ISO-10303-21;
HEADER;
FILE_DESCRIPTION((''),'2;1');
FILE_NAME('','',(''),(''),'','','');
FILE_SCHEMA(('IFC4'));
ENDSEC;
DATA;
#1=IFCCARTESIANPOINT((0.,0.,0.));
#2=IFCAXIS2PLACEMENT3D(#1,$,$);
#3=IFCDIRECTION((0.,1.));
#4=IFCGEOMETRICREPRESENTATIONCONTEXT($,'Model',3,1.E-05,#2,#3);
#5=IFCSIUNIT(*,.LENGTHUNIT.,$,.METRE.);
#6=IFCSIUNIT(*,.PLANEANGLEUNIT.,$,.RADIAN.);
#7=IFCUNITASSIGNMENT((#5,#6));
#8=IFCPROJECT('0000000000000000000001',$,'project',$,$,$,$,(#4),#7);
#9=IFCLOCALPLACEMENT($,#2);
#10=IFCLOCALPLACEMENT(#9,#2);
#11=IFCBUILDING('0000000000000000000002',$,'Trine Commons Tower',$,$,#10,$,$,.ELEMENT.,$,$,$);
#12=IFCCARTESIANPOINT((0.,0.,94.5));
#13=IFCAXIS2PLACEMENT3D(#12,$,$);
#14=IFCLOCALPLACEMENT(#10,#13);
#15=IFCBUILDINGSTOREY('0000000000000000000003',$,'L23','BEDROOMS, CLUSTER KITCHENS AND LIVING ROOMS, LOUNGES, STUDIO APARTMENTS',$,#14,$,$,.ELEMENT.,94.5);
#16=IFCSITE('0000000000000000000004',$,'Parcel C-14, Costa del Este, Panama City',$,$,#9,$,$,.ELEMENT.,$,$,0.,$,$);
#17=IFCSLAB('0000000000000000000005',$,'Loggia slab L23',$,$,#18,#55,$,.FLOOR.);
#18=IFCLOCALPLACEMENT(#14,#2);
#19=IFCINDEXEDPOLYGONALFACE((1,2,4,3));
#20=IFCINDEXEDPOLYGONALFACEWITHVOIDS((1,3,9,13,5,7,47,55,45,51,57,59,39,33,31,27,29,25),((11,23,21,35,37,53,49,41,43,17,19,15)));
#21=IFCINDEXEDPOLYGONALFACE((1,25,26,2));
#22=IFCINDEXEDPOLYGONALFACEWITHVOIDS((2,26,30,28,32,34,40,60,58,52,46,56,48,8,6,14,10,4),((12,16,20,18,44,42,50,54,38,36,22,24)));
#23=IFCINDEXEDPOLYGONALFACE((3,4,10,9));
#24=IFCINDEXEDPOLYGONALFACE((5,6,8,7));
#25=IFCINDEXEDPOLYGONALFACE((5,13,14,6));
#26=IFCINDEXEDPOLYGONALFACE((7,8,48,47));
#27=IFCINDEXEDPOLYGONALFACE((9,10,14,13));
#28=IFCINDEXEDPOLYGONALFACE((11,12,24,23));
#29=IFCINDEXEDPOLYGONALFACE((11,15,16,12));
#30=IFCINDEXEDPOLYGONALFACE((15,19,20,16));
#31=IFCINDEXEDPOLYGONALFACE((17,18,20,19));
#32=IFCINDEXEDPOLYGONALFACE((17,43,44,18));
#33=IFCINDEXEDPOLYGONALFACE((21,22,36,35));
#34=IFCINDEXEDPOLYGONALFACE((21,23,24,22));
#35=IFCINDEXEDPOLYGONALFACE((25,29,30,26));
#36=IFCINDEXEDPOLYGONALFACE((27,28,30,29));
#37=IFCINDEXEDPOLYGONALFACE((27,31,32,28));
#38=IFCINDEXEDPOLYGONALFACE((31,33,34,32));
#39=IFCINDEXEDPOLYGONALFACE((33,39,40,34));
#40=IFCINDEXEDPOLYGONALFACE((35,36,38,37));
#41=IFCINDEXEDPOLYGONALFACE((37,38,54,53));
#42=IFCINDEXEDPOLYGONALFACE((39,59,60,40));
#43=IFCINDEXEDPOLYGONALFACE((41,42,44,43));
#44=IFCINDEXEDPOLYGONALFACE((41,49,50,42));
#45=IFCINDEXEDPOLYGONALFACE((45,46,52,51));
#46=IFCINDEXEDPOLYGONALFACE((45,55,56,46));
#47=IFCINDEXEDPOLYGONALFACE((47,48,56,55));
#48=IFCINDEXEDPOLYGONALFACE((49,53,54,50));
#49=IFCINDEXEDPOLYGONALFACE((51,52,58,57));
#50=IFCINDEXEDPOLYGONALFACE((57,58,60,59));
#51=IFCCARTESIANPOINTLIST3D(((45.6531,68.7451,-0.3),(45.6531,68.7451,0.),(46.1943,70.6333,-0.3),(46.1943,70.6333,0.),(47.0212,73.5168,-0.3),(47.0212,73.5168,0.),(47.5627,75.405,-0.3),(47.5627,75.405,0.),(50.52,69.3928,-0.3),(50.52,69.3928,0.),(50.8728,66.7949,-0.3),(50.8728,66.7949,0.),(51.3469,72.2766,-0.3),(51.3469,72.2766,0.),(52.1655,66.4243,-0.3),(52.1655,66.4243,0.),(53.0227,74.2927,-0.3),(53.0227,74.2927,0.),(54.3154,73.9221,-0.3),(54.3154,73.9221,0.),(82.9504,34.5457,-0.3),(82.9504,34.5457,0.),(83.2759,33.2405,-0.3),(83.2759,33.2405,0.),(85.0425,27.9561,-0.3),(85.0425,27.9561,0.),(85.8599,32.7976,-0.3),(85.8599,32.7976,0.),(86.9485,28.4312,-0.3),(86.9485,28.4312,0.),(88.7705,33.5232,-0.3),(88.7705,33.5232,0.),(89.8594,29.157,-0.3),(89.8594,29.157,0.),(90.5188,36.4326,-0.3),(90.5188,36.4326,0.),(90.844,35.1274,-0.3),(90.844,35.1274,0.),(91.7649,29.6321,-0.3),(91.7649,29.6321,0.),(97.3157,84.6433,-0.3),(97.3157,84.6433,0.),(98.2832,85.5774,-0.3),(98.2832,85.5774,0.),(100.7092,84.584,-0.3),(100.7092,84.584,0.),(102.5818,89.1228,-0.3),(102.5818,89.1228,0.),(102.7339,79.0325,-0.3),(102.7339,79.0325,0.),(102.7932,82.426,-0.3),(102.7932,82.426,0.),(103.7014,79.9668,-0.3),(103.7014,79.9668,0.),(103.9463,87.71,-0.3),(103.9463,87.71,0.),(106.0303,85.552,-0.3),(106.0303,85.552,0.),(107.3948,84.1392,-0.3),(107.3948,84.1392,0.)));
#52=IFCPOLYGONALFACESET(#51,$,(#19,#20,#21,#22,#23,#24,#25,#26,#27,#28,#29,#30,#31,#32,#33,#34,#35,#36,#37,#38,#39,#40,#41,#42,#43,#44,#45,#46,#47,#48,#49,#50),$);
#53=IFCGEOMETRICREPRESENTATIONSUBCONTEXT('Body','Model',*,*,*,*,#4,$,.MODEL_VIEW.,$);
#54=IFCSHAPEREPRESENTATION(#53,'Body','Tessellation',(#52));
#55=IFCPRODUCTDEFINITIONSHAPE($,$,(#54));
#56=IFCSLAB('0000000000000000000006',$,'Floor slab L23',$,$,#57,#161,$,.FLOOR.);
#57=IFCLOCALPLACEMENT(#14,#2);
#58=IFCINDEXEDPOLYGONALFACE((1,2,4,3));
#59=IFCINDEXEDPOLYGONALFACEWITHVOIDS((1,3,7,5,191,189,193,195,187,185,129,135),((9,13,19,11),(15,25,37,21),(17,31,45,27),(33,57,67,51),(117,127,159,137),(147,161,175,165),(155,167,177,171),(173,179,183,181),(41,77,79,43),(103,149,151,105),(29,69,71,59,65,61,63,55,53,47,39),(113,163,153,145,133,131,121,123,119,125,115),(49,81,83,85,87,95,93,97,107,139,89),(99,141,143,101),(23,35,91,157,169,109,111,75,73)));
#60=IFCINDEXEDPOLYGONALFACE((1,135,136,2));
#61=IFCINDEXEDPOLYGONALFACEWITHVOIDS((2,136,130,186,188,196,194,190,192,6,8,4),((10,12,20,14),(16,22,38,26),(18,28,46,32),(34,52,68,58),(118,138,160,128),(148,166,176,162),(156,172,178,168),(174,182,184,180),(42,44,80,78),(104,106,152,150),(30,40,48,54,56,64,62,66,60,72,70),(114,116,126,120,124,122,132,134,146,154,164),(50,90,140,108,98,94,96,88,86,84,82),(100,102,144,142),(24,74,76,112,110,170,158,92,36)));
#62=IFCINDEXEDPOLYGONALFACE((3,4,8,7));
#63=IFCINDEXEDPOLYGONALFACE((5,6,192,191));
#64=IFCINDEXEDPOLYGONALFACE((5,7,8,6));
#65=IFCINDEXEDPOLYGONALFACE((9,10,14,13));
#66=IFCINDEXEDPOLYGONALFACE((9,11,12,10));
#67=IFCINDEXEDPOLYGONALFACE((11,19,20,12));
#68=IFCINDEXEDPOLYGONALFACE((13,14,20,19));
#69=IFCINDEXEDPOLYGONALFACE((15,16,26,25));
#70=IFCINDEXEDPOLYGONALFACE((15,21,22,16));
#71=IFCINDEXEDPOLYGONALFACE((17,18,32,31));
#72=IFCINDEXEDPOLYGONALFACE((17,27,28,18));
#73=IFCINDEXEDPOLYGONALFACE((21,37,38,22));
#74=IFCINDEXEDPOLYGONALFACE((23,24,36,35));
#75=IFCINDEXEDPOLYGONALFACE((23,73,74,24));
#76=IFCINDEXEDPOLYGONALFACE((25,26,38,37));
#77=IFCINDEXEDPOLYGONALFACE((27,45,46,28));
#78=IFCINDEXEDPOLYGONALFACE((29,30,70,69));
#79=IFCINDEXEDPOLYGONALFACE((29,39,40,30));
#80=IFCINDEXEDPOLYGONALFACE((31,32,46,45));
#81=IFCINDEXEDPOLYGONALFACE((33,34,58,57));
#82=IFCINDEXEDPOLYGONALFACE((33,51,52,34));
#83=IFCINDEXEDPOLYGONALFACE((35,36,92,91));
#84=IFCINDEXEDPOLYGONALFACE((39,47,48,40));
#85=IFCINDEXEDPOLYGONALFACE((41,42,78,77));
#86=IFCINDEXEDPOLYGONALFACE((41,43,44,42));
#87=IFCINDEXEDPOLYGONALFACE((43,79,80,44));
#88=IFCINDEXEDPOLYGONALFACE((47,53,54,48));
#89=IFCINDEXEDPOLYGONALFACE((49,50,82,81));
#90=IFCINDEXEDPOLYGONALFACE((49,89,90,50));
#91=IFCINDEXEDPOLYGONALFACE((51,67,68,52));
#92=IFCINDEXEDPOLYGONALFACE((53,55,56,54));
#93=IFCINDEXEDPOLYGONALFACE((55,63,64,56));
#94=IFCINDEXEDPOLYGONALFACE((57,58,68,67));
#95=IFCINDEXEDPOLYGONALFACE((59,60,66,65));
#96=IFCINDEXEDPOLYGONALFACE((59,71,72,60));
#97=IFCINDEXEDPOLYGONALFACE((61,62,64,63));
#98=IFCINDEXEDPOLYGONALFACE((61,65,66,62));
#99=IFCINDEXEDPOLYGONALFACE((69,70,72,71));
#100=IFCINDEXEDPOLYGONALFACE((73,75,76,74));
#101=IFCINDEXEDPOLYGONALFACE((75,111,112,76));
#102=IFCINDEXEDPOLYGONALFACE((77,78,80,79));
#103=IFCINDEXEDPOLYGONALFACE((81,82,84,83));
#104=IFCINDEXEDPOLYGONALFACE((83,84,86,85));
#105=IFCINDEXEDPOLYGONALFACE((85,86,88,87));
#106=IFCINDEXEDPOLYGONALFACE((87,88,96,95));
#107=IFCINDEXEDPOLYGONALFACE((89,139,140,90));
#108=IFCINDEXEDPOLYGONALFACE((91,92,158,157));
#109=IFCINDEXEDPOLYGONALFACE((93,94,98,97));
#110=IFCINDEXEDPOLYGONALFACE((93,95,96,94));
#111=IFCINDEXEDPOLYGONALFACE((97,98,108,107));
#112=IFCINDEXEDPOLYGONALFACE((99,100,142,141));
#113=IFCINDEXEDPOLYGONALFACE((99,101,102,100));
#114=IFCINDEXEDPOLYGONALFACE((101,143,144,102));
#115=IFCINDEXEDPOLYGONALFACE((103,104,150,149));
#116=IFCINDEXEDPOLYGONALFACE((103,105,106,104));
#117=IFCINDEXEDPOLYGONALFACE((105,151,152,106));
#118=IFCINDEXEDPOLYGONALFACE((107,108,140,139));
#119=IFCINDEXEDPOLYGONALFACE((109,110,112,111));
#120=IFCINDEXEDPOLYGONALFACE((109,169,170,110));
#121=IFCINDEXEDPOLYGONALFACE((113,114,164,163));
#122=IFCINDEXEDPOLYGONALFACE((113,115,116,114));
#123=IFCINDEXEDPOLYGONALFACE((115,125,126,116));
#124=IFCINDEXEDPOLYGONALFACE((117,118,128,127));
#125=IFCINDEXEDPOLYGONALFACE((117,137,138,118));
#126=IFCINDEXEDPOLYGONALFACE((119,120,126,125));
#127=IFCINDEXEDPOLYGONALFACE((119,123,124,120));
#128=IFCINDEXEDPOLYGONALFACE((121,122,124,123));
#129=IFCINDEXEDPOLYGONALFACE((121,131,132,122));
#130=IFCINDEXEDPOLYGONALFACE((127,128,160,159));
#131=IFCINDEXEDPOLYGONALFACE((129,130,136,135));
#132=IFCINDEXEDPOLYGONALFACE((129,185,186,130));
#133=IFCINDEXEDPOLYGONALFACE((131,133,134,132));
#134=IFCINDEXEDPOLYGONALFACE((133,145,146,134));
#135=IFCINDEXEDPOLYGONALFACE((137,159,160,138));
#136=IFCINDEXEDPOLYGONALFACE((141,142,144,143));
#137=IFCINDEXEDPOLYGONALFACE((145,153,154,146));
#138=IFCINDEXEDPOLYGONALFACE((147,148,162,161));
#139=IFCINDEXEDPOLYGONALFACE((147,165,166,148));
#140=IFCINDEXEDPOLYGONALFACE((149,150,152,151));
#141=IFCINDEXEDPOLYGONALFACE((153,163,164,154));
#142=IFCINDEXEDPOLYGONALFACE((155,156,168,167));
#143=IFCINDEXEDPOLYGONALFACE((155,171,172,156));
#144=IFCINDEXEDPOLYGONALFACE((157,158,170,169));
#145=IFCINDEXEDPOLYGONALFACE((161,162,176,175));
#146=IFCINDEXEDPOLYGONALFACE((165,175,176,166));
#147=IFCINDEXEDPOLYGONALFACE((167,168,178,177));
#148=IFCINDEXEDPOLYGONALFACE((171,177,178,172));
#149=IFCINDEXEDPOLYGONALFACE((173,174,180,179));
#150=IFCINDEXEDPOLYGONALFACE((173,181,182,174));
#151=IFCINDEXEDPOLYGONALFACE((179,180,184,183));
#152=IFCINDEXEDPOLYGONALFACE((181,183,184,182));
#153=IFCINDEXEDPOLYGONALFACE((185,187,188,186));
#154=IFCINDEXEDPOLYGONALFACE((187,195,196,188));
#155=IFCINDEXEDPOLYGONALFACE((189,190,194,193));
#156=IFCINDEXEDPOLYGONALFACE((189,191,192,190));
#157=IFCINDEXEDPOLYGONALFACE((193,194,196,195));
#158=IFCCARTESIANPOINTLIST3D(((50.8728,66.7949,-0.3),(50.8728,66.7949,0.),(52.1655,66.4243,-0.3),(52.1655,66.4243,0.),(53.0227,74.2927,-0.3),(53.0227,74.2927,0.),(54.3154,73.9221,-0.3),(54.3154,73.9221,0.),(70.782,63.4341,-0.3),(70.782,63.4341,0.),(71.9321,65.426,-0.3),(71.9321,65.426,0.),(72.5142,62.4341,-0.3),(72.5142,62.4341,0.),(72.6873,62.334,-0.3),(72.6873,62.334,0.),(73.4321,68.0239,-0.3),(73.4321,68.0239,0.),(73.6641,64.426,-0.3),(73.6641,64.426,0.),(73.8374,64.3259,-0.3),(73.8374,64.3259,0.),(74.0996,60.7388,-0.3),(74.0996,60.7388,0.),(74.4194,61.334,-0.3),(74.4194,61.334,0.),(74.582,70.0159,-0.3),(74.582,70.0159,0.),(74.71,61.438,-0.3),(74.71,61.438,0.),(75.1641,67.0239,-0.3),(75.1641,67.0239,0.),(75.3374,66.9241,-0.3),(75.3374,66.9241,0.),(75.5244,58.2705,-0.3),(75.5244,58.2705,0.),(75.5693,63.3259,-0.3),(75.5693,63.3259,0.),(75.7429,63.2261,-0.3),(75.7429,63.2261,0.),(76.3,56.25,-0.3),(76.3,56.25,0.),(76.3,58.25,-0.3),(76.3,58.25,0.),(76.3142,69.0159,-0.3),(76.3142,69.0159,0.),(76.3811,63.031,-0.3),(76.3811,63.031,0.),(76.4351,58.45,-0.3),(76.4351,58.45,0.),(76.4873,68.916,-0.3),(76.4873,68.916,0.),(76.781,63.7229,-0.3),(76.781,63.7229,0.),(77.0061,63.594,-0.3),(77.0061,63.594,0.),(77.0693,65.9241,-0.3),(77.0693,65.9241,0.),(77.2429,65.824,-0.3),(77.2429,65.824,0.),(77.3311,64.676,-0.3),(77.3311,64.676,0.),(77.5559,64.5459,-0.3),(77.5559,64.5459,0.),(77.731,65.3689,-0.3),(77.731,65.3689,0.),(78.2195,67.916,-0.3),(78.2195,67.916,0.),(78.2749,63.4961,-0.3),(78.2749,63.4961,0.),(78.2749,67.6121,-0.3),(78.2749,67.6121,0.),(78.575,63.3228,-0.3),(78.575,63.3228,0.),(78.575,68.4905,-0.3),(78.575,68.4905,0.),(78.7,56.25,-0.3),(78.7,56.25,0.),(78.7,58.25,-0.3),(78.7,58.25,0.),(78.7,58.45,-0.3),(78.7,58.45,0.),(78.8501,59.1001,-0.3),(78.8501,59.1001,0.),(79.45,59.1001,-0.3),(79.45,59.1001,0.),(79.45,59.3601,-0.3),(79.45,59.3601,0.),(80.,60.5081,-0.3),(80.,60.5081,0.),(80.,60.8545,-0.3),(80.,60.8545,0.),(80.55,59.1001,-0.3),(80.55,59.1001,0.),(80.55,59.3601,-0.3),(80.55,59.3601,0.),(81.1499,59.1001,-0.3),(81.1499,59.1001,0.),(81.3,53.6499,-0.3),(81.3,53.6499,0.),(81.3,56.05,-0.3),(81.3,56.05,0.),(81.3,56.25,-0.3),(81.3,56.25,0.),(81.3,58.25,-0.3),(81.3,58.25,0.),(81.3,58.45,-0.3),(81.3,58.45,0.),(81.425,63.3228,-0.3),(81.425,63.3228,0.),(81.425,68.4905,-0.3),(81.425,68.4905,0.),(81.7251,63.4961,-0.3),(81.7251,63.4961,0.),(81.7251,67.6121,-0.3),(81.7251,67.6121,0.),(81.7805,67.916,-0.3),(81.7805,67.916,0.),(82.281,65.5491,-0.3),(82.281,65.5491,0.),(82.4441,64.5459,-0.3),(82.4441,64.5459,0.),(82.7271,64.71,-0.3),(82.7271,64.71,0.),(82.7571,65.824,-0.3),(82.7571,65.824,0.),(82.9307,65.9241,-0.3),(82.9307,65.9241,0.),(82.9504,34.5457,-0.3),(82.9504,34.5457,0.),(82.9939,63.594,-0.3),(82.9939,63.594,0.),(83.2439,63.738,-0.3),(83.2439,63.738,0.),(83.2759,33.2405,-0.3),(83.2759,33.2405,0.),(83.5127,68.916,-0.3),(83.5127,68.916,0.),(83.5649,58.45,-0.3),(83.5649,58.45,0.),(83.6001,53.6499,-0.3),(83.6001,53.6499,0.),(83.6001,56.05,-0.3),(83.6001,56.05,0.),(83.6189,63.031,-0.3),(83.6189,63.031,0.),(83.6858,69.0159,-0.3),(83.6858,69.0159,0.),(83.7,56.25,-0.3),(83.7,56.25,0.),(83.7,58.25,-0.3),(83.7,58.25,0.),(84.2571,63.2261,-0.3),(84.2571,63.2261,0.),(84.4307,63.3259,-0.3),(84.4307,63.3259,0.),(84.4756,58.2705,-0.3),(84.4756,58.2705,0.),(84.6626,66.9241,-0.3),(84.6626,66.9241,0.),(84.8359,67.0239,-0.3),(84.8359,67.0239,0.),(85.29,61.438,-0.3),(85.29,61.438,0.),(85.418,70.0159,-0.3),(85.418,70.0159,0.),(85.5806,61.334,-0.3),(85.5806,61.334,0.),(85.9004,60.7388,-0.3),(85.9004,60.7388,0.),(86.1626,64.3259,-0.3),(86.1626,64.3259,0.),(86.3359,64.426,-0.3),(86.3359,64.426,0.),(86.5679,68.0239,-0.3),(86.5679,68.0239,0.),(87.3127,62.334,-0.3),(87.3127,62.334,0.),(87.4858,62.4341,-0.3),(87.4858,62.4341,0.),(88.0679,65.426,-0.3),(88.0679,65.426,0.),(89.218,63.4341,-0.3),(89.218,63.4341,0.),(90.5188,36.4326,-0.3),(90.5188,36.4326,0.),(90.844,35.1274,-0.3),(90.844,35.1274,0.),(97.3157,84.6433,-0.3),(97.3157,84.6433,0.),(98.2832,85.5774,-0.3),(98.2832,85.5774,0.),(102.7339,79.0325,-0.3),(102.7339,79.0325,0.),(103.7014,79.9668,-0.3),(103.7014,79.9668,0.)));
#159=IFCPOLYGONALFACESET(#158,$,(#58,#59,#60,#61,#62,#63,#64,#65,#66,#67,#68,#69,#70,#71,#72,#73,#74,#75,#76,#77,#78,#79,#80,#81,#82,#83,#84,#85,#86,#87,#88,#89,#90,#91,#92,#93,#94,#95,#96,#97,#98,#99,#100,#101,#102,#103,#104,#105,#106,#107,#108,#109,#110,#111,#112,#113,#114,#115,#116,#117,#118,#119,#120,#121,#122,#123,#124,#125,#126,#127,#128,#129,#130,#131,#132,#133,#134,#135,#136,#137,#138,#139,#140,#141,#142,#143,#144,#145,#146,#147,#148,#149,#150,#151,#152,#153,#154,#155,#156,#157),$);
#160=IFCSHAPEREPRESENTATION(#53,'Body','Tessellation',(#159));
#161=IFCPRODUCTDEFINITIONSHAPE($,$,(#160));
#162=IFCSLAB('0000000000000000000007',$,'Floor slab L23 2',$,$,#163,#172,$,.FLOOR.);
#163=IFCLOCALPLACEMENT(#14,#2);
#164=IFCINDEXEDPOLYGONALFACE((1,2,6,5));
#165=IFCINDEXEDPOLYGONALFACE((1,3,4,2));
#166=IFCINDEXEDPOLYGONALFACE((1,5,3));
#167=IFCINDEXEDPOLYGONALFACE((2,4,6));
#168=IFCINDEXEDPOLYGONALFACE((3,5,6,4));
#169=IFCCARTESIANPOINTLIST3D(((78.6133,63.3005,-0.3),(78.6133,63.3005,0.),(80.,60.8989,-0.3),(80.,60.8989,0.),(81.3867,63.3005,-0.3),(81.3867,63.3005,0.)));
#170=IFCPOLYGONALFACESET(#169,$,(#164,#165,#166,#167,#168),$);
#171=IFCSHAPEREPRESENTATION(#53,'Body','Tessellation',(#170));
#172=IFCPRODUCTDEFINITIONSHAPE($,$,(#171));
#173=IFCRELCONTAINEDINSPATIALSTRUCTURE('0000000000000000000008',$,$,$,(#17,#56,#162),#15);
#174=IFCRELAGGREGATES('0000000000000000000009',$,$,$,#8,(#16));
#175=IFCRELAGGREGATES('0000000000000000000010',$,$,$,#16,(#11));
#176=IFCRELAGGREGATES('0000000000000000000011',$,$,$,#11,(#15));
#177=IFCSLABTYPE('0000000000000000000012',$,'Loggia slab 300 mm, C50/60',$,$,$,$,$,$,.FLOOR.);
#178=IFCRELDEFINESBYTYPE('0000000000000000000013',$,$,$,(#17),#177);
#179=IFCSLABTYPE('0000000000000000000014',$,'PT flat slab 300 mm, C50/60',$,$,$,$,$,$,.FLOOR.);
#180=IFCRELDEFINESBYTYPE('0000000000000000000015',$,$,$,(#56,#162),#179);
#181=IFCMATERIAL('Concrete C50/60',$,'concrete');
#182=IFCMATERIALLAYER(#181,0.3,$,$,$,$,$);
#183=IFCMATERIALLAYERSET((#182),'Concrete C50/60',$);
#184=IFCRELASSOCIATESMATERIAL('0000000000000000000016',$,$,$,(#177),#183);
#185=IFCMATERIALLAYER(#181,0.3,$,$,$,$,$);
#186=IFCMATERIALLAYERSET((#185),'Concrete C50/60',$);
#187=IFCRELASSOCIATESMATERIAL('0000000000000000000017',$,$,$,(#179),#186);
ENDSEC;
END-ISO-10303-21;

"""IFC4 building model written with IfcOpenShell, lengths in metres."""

from ifc_helpers import new_model, si_unit, direction, frame, origin, place, context, subcontext, project, spatial, polyline, outline, extrude, material, layer, layer_set, type_object, element, save


model = new_model("IFC4")

# Units and contexts
model_context = context("Model", 3, precision=1e-05, world=origin(), true_north=direction((0.0, 1.0)))
body_context = subcontext(model_context, "Body", "Model", "MODEL_VIEW")
ifc_project = project(units=[si_unit("LENGTHUNIT", "METRE"), si_unit("PLANEANGLEUNIT", "RADIAN")], contexts=[model_context])

# Site, building, storey
site_placement = place(None, origin())
site = spatial("IfcSite", under=ifc_project, at=site_placement, Name="Parcel C-14, Costa del Este, Panama City", CompositionType="ELEMENT", RefElevation=0.0)
building_placement = place(site_placement, origin())
building = spatial("IfcBuilding", under=site, at=building_placement, Name="Trine Commons Tower", CompositionType="ELEMENT")
storey_placement = place(building_placement, frame((0.0, 0.0, 94.5)))
storey = spatial("IfcBuildingStorey", under=building, at=storey_placement, Name="L23", Description="BEDROOMS, CLUSTER KITCHENS AND LIVING ROOMS, LOUNGES, STUDIO APARTMENTS", CompositionType="ELEMENT", Elevation=94.5)

# Slabs
ifc_material_1 = material(Name="Concrete C50/60", Category="concrete")
ifc_layer_1 = layer(ifc_material_1, 0.3)
ifc_layer_set_1 = layer_set([ifc_layer_1], Name="Concrete C50/60")
slab_type_1 = type_object("IfcSlabType", Name="Loggia slab 300 mm, C50/60", PredefinedType="FLOOR", material=ifc_layer_set_1)
slab_1_placement = place(storey_placement, frame((0.0, 0.0, -0.3)))
element("IfcSlab", 1, at=slab_1_placement, inside=storey, type_object=slab_type_1, Name="Loggia slab L23", PredefinedType="FLOOR", context=body_context, shape_type="SweptSolid", body=[
    extrude(outline(polyline([(91.7649, 29.6321), (107.3948, 84.1392), (106.0303, 85.552), (102.7932, 82.426), (100.7092, 84.584), (103.9463, 87.71), (102.5818, 89.1228), (47.5627, 75.405), (47.0212, 73.5168), (51.3469, 72.2766), (50.52, 69.3928), (46.1943, 70.6333), (45.6531, 68.7451), (85.0425, 27.9561), (86.9485, 28.4312), (85.8599, 32.7976), (88.7705, 33.5232), (89.8594, 29.157), (91.7649, 29.6321)]), holes=[polyline([(83.2759, 33.2405), (82.9504, 34.5457), (90.5188, 36.4326), (90.844, 35.1274), (103.7014, 79.9668), (102.7339, 79.0325), (97.3157, 84.6433), (98.2832, 85.5774), (53.0227, 74.2927), (54.3154, 73.9221), (52.1655, 66.4243), (50.8728, 66.7949), (83.2759, 33.2405)])]), origin(), (0.0, 0.0, 1.0), 0.3),
])
ifc_layer_2 = layer(ifc_material_1, 0.3)
ifc_layer_set_2 = layer_set([ifc_layer_2], Name="Concrete C50/60")
slab_type_2 = type_object("IfcSlabType", Name="PT flat slab 300 mm, C50/60", PredefinedType="FLOOR", material=ifc_layer_set_2)
slab_2_placement = place(storey_placement, frame((0.0, 0.0, -0.3)))
element("IfcSlab", 2, at=slab_2_placement, inside=storey, type_object=slab_type_2, Name="Floor slab L23", PredefinedType="FLOOR", context=body_context, shape_type="SweptSolid", body=[
    extrude(outline(polyline([(50.8728, 66.7949), (83.2759, 33.2405), (82.9504, 34.5457), (90.5188, 36.4326), (90.844, 35.1274), (103.7014, 79.9668), (102.7339, 79.0325), (97.3157, 84.6433), (98.2832, 85.5774), (53.0227, 74.2927), (54.3154, 73.9221), (52.1655, 66.4243), (50.8728, 66.7949)]), holes=[polyline([(76.3, 56.25), (78.7, 56.25), (78.7, 58.25), (76.3, 58.25), (76.3, 56.25)]), polyline([(81.1499, 59.1001), (81.3, 58.45), (83.5649, 58.45), (80.0, 60.5081), (76.4351, 58.45), (78.7, 58.45), (78.8501, 59.1001), (79.45, 59.1001), (79.45, 59.3601), (80.55, 59.3601), (80.55, 59.1001), (81.1499, 59.1001)]), polyline([(80.0, 60.8545), (84.4756, 58.2705), (85.9004, 60.7388), (81.425, 63.3228), (81.425, 68.4905), (78.575, 68.4905), (78.575, 63.3228), (74.0996, 60.7388), (75.5244, 58.2705), (80.0, 60.8545)]), polyline([(73.8374, 64.3259), (72.6873, 62.334), (74.4194, 61.334), (75.5693, 63.3259), (73.8374, 64.3259)]), polyline([(71.9321, 65.426), (70.782, 63.4341), (72.5142, 62.4341), (73.6641, 64.426), (71.9321, 65.426)]), polyline([(76.781, 63.7229), (76.3811, 63.031), (75.7429, 63.2261), (74.71, 61.438), (78.2749, 63.4961), (78.2749, 67.6121), (77.2429, 65.824), (77.731, 65.3689), (77.3311, 64.676), (77.5559, 64.5459), (77.0061, 63.594), (76.781, 63.7229)]), polyline([(76.4873, 68.916), (75.3374, 66.9241), (77.0693, 65.9241), (78.2195, 67.916), (76.4873, 68.916)]), polyline([(74.582, 70.0159), (73.4321, 68.0239), (75.1641, 67.0239), (76.3142, 69.0159), (74.582, 70.0159)]), polyline([(81.3, 53.6499), (83.6001, 53.6499), (83.6001, 56.05), (81.3, 56.05), (81.3, 53.6499)]), polyline([(81.3, 56.25), (83.7, 56.25), (83.7, 58.25), (81.3, 58.25), (81.3, 56.25)]), polyline([(87.3127, 62.334), (86.1626, 64.3259), (84.4307, 63.3259), (85.5806, 61.334), (87.3127, 62.334)]), polyline([(89.218, 63.4341), (88.0679, 65.426), (86.3359, 64.426), (87.4858, 62.4341), (89.218, 63.4341)]), polyline([(83.2439, 63.738), (82.9939, 63.594), (82.4441, 64.5459), (82.7271, 64.71), (82.281, 65.5491), (82.7571, 65.824), (81.7251, 67.6121), (81.7251, 63.4961), (85.29, 61.438), (84.2571, 63.2261), (83.6189, 63.031), (83.2439, 63.738)]), polyline([(82.9307, 65.9241), (84.6626, 66.9241), (83.5127, 68.916), (81.7805, 67.916), (82.9307, 65.9241)]), polyline([(84.8359, 67.0239), (86.5679, 68.0239), (85.418, 70.0159), (83.6858, 69.0159), (84.8359, 67.0239)])]), origin(), (0.0, 0.0, 1.0), 0.3),
])
slab_3_placement = place(storey_placement, frame((0.0, 0.0, -0.3)))
element("IfcSlab", 3, at=slab_3_placement, inside=storey, type_object=slab_type_2, Name="Floor slab L23 2", PredefinedType="FLOOR", context=body_context, shape_type="SweptSolid", body=[
    extrude(outline(polyline([(78.6133, 63.3005), (80.0, 60.8989), (81.3867, 63.3005), (78.6133, 63.3005)])), origin(), (0.0, 0.0, 1.0), 0.3),
])

save(model, "model.ifc")
